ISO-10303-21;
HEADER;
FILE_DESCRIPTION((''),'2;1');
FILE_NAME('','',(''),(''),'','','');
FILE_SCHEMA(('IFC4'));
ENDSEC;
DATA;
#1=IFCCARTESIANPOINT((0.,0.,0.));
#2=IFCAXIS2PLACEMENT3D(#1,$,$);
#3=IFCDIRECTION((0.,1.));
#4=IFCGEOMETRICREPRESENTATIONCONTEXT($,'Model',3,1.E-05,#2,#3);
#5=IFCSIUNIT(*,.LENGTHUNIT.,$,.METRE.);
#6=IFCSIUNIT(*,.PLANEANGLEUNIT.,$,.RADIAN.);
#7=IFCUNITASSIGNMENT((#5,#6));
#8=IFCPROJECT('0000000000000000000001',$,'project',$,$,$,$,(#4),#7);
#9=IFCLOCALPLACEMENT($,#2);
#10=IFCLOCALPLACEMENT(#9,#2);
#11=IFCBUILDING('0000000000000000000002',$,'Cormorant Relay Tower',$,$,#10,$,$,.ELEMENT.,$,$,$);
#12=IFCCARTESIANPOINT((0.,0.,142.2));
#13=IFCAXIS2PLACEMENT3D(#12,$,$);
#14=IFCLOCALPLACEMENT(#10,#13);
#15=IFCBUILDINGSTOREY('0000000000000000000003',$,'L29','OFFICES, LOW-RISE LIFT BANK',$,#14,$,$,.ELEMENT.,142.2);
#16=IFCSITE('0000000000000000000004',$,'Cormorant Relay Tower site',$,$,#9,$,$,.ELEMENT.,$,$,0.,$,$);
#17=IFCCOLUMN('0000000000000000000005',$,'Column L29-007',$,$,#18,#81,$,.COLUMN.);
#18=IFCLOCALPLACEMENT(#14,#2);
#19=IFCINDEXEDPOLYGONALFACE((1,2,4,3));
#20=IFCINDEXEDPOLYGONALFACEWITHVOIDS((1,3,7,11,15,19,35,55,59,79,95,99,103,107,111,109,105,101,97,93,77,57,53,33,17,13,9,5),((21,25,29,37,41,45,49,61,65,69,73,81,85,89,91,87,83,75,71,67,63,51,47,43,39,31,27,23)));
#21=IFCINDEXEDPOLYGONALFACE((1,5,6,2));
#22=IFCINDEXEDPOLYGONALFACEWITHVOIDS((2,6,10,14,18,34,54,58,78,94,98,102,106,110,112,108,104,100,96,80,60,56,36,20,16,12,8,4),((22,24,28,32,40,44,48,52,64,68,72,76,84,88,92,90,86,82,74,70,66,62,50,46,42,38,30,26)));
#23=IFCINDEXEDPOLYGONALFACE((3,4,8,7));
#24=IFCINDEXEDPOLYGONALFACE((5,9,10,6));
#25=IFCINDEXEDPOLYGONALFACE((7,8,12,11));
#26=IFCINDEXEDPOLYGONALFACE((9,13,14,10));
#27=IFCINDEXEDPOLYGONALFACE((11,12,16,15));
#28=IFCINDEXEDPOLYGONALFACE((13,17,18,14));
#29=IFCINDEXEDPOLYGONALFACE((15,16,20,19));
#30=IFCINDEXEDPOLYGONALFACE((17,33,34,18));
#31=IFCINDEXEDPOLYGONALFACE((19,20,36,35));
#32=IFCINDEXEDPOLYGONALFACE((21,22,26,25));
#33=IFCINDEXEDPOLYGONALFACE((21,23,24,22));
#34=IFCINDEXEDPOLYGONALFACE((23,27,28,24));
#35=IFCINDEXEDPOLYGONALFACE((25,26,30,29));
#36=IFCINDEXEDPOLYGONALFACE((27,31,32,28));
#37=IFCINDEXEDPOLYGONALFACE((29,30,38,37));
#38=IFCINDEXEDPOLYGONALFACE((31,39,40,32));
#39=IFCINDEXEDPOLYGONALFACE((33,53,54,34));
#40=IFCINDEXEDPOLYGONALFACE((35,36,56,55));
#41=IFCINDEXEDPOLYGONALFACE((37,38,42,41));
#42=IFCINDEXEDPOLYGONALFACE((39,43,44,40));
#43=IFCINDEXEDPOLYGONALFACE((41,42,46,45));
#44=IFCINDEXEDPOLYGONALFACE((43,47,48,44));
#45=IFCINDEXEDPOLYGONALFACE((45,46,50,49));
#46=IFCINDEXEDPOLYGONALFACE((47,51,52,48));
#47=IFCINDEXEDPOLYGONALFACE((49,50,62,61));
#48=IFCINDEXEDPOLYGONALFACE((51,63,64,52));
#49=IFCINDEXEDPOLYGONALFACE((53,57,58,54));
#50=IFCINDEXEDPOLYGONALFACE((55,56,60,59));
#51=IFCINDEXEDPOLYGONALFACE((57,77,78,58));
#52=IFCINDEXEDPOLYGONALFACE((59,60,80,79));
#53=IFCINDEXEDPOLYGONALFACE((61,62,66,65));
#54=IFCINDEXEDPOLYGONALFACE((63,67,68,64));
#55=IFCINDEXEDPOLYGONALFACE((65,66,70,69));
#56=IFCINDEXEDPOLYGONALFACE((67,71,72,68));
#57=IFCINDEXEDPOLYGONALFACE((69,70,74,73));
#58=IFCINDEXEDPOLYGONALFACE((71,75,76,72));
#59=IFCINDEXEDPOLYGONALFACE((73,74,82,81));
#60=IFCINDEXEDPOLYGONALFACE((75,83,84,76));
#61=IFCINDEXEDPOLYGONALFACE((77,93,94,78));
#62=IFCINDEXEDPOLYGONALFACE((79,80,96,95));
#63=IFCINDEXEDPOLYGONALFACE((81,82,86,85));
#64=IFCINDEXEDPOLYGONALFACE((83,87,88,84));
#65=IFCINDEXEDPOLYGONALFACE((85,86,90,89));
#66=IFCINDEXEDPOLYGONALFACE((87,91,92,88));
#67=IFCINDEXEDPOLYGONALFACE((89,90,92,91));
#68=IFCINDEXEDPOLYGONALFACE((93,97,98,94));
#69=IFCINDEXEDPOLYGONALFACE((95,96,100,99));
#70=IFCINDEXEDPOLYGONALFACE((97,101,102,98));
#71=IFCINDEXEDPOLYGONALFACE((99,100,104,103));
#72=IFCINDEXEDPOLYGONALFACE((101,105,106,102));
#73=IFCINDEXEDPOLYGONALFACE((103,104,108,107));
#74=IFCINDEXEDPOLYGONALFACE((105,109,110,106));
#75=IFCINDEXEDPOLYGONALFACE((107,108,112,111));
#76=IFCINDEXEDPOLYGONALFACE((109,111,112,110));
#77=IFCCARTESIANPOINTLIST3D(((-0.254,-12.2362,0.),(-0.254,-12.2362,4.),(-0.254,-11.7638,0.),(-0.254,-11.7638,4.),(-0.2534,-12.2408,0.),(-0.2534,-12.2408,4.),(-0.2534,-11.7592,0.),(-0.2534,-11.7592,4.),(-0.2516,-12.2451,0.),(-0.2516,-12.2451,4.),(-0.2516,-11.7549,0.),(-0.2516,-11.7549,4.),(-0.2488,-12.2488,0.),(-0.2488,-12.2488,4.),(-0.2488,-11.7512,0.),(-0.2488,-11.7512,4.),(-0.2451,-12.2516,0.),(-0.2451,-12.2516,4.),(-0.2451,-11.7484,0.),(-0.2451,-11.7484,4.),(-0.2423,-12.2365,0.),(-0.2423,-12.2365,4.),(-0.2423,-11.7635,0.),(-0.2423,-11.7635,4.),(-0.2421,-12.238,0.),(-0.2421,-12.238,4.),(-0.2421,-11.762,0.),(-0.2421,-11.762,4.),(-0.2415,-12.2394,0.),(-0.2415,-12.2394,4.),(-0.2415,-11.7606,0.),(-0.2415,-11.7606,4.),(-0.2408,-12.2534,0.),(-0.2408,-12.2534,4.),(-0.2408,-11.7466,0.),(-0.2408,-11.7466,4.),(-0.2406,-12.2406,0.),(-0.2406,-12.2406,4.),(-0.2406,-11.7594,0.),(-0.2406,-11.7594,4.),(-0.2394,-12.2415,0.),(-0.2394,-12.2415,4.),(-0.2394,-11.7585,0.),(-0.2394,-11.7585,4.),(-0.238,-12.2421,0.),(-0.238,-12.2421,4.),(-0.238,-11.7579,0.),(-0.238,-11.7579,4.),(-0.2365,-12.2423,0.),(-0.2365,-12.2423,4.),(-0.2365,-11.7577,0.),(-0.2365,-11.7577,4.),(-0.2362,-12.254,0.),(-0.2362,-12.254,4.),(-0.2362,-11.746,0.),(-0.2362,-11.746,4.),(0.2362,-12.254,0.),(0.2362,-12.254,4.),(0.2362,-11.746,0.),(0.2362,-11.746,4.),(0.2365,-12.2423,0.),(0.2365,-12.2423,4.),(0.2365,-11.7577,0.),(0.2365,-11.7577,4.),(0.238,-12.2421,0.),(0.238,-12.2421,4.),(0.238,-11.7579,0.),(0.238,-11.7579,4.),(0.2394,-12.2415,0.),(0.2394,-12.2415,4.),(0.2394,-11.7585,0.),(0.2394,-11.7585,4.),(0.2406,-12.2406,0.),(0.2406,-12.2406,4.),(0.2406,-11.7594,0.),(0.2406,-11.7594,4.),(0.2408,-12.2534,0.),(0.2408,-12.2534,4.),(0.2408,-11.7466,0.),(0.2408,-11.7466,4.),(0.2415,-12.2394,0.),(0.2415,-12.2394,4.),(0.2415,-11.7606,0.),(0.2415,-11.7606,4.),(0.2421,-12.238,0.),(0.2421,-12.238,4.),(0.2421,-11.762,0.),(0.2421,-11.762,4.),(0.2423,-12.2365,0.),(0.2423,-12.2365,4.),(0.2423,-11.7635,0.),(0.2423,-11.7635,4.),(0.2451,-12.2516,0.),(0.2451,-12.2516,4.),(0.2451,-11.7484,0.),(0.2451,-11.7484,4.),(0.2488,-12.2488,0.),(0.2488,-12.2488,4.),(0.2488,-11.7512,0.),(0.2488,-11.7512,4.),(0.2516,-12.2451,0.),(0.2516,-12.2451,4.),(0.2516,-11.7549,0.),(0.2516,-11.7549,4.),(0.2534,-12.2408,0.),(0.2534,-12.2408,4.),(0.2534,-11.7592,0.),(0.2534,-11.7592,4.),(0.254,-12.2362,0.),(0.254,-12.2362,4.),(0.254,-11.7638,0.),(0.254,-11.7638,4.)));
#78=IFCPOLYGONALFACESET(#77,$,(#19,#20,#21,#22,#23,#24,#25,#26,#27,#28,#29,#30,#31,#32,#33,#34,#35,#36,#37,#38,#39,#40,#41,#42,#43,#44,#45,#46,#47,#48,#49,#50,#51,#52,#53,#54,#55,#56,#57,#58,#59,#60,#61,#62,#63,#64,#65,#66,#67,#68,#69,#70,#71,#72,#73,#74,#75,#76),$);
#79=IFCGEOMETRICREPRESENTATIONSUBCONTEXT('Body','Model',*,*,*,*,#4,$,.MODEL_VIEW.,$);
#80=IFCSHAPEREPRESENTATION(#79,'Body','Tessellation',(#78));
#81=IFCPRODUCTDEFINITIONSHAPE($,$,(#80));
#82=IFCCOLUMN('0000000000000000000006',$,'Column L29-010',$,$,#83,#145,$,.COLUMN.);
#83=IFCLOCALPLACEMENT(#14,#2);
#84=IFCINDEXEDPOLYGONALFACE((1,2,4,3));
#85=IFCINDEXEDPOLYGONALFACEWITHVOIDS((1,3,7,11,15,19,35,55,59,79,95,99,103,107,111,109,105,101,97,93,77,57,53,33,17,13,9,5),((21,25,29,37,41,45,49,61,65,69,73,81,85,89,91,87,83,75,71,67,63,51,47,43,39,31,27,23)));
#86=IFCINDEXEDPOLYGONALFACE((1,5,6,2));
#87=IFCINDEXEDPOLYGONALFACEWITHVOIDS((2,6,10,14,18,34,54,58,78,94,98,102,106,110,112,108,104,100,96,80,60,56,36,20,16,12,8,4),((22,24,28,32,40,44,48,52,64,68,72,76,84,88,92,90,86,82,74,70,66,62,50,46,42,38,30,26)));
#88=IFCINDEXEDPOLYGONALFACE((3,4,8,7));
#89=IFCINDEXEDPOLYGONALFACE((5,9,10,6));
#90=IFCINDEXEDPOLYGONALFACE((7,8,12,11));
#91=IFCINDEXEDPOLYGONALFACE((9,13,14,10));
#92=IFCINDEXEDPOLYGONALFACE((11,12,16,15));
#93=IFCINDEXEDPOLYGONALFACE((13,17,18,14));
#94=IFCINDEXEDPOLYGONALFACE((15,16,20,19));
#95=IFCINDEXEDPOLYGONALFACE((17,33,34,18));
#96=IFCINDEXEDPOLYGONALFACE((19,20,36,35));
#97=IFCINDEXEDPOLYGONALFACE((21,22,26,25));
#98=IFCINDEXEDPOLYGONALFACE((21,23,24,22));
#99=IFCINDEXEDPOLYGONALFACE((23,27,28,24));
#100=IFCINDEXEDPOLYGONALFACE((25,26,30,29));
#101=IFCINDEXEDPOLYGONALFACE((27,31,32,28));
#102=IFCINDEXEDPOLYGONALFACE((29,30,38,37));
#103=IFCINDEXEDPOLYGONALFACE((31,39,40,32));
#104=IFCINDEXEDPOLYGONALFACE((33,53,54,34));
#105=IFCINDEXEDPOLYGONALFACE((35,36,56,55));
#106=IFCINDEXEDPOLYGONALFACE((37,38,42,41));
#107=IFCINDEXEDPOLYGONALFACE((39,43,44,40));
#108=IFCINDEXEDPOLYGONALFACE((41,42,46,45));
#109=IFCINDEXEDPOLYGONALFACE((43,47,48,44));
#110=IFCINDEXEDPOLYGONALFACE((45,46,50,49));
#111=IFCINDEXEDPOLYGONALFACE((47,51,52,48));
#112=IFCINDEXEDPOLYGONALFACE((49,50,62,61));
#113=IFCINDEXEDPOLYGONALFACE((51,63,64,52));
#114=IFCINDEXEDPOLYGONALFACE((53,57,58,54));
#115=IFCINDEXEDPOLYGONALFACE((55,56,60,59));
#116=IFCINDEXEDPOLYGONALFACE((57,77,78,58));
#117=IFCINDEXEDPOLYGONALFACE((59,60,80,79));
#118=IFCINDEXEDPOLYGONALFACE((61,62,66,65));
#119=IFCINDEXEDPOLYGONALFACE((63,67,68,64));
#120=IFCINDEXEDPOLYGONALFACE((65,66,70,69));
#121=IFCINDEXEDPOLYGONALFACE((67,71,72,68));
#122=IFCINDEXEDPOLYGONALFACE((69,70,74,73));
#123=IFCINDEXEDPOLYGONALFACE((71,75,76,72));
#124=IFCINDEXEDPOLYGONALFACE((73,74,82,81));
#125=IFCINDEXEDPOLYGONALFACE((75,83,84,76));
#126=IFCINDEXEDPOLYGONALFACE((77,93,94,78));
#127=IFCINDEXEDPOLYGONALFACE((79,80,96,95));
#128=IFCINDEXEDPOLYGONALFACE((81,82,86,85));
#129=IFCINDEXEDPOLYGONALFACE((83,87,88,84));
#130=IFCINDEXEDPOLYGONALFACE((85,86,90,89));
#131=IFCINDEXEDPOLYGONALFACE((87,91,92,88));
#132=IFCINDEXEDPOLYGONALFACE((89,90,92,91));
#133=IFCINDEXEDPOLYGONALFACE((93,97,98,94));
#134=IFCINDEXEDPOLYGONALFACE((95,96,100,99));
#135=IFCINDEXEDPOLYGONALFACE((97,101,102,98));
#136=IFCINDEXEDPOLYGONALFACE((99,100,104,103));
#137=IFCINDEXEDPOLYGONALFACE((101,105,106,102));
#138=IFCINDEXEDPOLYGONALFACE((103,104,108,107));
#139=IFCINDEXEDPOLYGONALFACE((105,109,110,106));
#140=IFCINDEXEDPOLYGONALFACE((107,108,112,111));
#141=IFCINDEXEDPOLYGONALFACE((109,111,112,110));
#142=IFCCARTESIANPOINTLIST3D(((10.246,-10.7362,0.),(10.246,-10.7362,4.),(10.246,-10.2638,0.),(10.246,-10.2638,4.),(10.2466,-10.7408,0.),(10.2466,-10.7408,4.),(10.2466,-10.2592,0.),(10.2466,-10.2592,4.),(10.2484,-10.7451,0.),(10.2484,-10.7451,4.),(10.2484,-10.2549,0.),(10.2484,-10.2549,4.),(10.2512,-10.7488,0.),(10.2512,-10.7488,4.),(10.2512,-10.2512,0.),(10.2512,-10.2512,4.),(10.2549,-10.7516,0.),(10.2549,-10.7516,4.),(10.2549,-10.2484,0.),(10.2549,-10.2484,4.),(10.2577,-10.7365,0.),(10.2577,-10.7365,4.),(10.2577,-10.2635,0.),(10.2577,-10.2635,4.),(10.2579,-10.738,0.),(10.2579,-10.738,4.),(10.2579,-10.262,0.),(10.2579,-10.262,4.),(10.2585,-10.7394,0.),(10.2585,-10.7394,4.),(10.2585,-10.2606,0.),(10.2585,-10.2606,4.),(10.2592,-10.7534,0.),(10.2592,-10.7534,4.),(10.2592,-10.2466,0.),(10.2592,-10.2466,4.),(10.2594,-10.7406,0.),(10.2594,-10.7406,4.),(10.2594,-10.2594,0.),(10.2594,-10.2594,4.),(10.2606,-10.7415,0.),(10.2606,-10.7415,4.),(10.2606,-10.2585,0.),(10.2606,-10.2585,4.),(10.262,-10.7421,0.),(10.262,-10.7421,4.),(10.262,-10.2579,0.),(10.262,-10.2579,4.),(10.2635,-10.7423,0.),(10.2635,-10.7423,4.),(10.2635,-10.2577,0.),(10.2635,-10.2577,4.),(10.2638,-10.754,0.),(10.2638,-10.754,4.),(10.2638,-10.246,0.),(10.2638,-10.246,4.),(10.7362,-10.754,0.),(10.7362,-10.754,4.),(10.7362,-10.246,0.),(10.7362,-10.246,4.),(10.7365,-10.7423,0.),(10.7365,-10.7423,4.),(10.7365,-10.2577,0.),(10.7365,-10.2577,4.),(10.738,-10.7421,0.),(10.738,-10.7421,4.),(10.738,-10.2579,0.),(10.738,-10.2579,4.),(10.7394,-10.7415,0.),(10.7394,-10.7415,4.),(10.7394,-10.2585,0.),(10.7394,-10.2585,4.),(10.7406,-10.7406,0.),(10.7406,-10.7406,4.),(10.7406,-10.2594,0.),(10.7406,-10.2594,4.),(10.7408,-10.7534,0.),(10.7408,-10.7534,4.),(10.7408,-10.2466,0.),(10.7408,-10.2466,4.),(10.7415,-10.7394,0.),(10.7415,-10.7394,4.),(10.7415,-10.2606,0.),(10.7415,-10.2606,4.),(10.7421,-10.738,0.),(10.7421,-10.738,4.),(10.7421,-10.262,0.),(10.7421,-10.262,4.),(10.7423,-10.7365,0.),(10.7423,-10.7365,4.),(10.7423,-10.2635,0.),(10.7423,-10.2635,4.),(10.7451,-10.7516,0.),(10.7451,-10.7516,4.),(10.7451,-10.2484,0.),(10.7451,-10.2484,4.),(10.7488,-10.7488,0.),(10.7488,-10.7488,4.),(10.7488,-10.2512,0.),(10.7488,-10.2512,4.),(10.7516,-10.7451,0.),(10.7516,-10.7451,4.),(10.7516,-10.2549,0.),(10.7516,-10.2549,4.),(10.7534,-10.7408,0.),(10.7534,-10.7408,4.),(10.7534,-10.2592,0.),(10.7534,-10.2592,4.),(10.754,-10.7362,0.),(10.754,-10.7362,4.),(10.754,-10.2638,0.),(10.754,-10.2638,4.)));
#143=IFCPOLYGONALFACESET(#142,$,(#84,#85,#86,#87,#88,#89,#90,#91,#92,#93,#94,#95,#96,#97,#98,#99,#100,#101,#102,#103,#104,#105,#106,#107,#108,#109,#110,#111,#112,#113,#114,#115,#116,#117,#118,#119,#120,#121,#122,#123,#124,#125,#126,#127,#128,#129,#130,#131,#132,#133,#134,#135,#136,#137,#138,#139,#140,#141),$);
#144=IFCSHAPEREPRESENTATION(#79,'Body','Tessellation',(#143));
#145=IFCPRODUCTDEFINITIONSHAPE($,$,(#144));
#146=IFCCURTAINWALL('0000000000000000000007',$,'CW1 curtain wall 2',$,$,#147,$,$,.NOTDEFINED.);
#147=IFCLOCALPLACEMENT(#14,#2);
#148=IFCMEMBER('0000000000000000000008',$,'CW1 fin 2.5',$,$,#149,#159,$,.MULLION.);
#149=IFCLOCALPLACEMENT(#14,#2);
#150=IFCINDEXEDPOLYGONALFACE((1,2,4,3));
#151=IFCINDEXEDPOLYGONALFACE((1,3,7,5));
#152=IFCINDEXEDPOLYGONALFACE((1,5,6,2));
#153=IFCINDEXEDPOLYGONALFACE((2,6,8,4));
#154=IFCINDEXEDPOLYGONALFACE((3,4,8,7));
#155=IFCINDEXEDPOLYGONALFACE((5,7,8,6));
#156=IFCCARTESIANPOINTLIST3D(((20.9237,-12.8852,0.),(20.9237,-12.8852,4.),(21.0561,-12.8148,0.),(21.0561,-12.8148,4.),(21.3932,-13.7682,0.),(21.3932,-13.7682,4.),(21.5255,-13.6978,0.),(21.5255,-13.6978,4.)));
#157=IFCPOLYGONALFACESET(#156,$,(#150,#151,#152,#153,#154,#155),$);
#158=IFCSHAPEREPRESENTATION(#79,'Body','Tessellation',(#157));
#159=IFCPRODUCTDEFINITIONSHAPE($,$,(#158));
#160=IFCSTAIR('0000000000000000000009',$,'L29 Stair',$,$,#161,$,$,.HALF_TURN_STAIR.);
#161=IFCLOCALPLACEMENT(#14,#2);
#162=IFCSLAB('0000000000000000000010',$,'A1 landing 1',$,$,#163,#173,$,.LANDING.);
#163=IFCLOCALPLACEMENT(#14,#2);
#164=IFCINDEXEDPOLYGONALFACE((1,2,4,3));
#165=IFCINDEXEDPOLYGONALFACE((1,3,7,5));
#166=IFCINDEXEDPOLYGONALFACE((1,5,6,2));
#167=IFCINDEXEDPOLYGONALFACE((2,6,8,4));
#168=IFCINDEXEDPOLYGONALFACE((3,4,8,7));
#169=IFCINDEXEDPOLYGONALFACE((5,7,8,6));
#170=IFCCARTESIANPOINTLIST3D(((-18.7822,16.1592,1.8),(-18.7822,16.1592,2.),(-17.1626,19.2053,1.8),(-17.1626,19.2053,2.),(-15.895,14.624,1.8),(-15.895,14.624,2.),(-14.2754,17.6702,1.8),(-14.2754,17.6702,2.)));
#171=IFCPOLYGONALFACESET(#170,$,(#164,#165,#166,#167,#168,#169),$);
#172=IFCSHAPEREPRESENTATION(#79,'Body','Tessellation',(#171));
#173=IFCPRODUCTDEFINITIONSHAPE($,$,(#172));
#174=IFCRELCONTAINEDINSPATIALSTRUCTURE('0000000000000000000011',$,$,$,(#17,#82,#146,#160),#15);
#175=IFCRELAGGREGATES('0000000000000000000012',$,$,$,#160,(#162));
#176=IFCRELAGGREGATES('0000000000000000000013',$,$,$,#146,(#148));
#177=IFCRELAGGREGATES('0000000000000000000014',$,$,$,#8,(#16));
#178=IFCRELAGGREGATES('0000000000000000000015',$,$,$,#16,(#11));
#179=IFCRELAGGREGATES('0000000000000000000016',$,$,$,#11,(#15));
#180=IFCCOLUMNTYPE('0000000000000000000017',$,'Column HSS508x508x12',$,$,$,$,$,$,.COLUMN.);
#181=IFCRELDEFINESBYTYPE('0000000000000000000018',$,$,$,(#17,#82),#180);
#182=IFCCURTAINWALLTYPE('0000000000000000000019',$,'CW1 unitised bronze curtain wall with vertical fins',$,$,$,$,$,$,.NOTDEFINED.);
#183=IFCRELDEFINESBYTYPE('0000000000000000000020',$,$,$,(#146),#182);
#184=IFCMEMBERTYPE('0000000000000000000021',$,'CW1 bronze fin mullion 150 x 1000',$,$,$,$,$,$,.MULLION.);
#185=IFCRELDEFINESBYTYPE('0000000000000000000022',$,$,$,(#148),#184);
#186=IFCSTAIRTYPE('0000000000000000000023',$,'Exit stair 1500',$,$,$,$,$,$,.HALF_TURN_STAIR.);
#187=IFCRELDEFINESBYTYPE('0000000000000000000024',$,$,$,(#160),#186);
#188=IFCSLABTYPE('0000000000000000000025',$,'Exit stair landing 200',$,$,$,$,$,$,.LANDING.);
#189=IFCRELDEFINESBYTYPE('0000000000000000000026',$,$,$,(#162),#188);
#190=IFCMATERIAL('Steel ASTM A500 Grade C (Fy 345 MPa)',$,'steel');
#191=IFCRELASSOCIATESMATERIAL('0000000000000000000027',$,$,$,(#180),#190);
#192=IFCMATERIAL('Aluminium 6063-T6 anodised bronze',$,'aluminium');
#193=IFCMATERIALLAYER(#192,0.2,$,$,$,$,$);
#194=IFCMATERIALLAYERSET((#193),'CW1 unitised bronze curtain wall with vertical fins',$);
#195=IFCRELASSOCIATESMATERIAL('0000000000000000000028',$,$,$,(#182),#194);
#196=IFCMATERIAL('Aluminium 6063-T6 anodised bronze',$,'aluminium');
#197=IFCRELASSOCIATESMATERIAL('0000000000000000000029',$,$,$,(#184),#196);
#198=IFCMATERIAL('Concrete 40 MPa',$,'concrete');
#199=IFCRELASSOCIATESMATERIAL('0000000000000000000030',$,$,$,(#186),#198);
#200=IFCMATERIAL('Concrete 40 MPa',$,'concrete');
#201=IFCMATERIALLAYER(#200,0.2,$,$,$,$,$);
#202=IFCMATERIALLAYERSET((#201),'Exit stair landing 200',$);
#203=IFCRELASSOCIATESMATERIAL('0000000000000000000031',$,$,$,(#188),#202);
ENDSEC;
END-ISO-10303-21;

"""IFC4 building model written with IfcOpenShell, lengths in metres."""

from ifc_helpers import new_model, si_unit, direction, frame, origin, origin_2d, place, context, subcontext, project, spatial, polyline, rectangle, hollow_rectangle, outline, extrude, material, layer, layer_set, material_profile, profile_set, type_object, element, aggregate, save


model = new_model("IFC4")

# Units and contexts
model_context = context("Model", 3, precision=1e-05, world=origin(), true_north=direction((0.0, 1.0)))
body_context = subcontext(model_context, "Body", "Model", "MODEL_VIEW")
ifc_project = project(units=[si_unit("LENGTHUNIT", "METRE"), si_unit("PLANEANGLEUNIT", "RADIAN")], contexts=[model_context])

# Site, building, storey
site_placement = place(None, origin())
site = spatial("IfcSite", under=ifc_project, at=site_placement, Name="Cormorant Relay Tower site", CompositionType="ELEMENT", RefElevation=0.0)
building_placement = place(site_placement, origin())
building = spatial("IfcBuilding", under=site, at=building_placement, Name="Cormorant Relay Tower", CompositionType="ELEMENT")
storey_placement = place(building_placement, frame((0.0, 0.0, 142.2)))
storey = spatial("IfcBuildingStorey", under=building, at=storey_placement, Name="L29", Description="OFFICES, LOW-RISE LIFT BANK", CompositionType="ELEMENT", Elevation=142.2)

# Columns
ifc_material_1 = material(Name="Steel ASTM A500 Grade C (Fy 345 MPa)", Category="steel")
ifc_material_profile_1 = material_profile(ifc_material_1, hollow_rectangle(XDim=0.5081, YDim=0.5081, WallThickness=0.0117, InnerFilletRadius=0.0059, OuterFilletRadius=0.0178, at=origin_2d()), Name="HSS508x508x12")
ifc_profile_set_1 = profile_set([ifc_material_profile_1], Name="Steel ASTM A500 Grade C (Fy 345 MPa)")
column_type = type_object("IfcColumnType", Name="Column HSS508x508x12", PredefinedType="COLUMN", material=ifc_profile_set_1)
for number, where, z_axis, x_axis, name in (
    (1, (0.0, -12.0, 0.0), (0.0, 0.0, 1.0), (1.0, 0.0, 0.0), "Column L29-007"),
    (2, (10.5, -10.5, 0.0), (0.0, 0.0, 1.0), (1.0, 0.0, 0.0), "Column L29-010"),
):
    element("IfcColumn", number, at=place(storey_placement, frame(where, z_axis=z_axis, x_axis=x_axis)), inside=storey, type_object=column_type, Name=name, PredefinedType="COLUMN", context=body_context, shape_type="SweptSolid", body=[
        extrude(hollow_rectangle(XDim=0.5081, YDim=0.5081, WallThickness=0.0117, InnerFilletRadius=0.0059, OuterFilletRadius=0.0178, at=origin_2d()), origin(), (0.0, 0.0, 1.0), 4.0),
    ])

# Curtain wall, member
ifc_material_2 = material(Name="Aluminium 6063-T6 anodised bronze", Category="aluminium")
ifc_layer_1 = layer(ifc_material_2, 0.2)
ifc_layer_set_1 = layer_set([ifc_layer_1], Name="CW1 unitised bronze curtain wall with vertical fins")
curtain_wall_type = type_object("IfcCurtainWallType", Name="CW1 unitised bronze curtain wall with vertical fins", PredefinedType="NOTDEFINED", material=ifc_layer_set_1)
curtain_wall_placement = place(storey_placement, origin())
curtain_wall = element("IfcCurtainWall", 3, at=curtain_wall_placement, inside=storey, type_object=curtain_wall_type, Name="CW1 curtain wall 2", PredefinedType="NOTDEFINED")
ifc_material_3 = material(Name="Aluminium 6063-T6 anodised bronze", Category="aluminium")
ifc_material_profile_2 = material_profile(ifc_material_3, rectangle(XDim=0.1499, YDim=1.0, at=origin_2d()), Name="AL 150x1000")
ifc_profile_set_2 = profile_set([ifc_material_profile_2], Name="Aluminium 6063-T6 anodised bronze")
member_type = type_object("IfcMemberType", Name="CW1 bronze fin mullion 150 x 1000", PredefinedType="MULLION", material=ifc_profile_set_2)
member_placement = place(storey_placement, frame((21.2246, -13.2915, 0.0), z_axis=(0.0, 0.0, 1.0), x_axis=(0.882948, 0.469472, 0.0)))
member = element("IfcMember", 4, at=member_placement, type_object=member_type, Name="CW1 fin 2.5", PredefinedType="MULLION", context=body_context, shape_type="SweptSolid", body=[
    extrude(rectangle(XDim=0.1499, YDim=1.0, at=origin_2d()), origin(), (0.0, 0.0, 1.0), 4.0),
])

# Stair, slab
ifc_material_4 = material(Name="Concrete 40 MPa", Category="concrete")
stair_type = type_object("IfcStairType", Name="Exit stair 1500", PredefinedType="HALF_TURN_STAIR", material=ifc_material_4)
stair_placement = place(storey_placement, origin())
stair = element("IfcStair", 5, at=stair_placement, inside=storey, type_object=stair_type, Name="L29 Stair", PredefinedType="HALF_TURN_STAIR")
ifc_material_5 = material(Name="Concrete 40 MPa", Category="concrete")
ifc_layer_2 = layer(ifc_material_5, 0.2)
ifc_layer_set_2 = layer_set([ifc_layer_2], Name="Exit stair landing 200")
slab_type_1 = type_object("IfcSlabType", Name="Exit stair landing 200", PredefinedType="LANDING", material=ifc_layer_set_2)
slab_1_placement = place(storey_placement, frame((0.0, 0.0, 1.8)))
slab_1 = element("IfcSlab", 6, at=slab_1_placement, type_object=slab_type_1, Name="A1 landing 1", PredefinedType="LANDING", context=body_context, shape_type="SweptSolid", body=[
    extrude(outline(polyline([(-18.7822, 16.1592), (-15.895, 14.624), (-14.2754, 17.6702), (-17.1626, 19.2053), (-18.7822, 16.1592)])), origin(), (0.0, 0.0, 1.0), 0.2),
])
aggregate(stair, [slab_1])

aggregate(curtain_wall, [member])

save(model, "model.ifc")
